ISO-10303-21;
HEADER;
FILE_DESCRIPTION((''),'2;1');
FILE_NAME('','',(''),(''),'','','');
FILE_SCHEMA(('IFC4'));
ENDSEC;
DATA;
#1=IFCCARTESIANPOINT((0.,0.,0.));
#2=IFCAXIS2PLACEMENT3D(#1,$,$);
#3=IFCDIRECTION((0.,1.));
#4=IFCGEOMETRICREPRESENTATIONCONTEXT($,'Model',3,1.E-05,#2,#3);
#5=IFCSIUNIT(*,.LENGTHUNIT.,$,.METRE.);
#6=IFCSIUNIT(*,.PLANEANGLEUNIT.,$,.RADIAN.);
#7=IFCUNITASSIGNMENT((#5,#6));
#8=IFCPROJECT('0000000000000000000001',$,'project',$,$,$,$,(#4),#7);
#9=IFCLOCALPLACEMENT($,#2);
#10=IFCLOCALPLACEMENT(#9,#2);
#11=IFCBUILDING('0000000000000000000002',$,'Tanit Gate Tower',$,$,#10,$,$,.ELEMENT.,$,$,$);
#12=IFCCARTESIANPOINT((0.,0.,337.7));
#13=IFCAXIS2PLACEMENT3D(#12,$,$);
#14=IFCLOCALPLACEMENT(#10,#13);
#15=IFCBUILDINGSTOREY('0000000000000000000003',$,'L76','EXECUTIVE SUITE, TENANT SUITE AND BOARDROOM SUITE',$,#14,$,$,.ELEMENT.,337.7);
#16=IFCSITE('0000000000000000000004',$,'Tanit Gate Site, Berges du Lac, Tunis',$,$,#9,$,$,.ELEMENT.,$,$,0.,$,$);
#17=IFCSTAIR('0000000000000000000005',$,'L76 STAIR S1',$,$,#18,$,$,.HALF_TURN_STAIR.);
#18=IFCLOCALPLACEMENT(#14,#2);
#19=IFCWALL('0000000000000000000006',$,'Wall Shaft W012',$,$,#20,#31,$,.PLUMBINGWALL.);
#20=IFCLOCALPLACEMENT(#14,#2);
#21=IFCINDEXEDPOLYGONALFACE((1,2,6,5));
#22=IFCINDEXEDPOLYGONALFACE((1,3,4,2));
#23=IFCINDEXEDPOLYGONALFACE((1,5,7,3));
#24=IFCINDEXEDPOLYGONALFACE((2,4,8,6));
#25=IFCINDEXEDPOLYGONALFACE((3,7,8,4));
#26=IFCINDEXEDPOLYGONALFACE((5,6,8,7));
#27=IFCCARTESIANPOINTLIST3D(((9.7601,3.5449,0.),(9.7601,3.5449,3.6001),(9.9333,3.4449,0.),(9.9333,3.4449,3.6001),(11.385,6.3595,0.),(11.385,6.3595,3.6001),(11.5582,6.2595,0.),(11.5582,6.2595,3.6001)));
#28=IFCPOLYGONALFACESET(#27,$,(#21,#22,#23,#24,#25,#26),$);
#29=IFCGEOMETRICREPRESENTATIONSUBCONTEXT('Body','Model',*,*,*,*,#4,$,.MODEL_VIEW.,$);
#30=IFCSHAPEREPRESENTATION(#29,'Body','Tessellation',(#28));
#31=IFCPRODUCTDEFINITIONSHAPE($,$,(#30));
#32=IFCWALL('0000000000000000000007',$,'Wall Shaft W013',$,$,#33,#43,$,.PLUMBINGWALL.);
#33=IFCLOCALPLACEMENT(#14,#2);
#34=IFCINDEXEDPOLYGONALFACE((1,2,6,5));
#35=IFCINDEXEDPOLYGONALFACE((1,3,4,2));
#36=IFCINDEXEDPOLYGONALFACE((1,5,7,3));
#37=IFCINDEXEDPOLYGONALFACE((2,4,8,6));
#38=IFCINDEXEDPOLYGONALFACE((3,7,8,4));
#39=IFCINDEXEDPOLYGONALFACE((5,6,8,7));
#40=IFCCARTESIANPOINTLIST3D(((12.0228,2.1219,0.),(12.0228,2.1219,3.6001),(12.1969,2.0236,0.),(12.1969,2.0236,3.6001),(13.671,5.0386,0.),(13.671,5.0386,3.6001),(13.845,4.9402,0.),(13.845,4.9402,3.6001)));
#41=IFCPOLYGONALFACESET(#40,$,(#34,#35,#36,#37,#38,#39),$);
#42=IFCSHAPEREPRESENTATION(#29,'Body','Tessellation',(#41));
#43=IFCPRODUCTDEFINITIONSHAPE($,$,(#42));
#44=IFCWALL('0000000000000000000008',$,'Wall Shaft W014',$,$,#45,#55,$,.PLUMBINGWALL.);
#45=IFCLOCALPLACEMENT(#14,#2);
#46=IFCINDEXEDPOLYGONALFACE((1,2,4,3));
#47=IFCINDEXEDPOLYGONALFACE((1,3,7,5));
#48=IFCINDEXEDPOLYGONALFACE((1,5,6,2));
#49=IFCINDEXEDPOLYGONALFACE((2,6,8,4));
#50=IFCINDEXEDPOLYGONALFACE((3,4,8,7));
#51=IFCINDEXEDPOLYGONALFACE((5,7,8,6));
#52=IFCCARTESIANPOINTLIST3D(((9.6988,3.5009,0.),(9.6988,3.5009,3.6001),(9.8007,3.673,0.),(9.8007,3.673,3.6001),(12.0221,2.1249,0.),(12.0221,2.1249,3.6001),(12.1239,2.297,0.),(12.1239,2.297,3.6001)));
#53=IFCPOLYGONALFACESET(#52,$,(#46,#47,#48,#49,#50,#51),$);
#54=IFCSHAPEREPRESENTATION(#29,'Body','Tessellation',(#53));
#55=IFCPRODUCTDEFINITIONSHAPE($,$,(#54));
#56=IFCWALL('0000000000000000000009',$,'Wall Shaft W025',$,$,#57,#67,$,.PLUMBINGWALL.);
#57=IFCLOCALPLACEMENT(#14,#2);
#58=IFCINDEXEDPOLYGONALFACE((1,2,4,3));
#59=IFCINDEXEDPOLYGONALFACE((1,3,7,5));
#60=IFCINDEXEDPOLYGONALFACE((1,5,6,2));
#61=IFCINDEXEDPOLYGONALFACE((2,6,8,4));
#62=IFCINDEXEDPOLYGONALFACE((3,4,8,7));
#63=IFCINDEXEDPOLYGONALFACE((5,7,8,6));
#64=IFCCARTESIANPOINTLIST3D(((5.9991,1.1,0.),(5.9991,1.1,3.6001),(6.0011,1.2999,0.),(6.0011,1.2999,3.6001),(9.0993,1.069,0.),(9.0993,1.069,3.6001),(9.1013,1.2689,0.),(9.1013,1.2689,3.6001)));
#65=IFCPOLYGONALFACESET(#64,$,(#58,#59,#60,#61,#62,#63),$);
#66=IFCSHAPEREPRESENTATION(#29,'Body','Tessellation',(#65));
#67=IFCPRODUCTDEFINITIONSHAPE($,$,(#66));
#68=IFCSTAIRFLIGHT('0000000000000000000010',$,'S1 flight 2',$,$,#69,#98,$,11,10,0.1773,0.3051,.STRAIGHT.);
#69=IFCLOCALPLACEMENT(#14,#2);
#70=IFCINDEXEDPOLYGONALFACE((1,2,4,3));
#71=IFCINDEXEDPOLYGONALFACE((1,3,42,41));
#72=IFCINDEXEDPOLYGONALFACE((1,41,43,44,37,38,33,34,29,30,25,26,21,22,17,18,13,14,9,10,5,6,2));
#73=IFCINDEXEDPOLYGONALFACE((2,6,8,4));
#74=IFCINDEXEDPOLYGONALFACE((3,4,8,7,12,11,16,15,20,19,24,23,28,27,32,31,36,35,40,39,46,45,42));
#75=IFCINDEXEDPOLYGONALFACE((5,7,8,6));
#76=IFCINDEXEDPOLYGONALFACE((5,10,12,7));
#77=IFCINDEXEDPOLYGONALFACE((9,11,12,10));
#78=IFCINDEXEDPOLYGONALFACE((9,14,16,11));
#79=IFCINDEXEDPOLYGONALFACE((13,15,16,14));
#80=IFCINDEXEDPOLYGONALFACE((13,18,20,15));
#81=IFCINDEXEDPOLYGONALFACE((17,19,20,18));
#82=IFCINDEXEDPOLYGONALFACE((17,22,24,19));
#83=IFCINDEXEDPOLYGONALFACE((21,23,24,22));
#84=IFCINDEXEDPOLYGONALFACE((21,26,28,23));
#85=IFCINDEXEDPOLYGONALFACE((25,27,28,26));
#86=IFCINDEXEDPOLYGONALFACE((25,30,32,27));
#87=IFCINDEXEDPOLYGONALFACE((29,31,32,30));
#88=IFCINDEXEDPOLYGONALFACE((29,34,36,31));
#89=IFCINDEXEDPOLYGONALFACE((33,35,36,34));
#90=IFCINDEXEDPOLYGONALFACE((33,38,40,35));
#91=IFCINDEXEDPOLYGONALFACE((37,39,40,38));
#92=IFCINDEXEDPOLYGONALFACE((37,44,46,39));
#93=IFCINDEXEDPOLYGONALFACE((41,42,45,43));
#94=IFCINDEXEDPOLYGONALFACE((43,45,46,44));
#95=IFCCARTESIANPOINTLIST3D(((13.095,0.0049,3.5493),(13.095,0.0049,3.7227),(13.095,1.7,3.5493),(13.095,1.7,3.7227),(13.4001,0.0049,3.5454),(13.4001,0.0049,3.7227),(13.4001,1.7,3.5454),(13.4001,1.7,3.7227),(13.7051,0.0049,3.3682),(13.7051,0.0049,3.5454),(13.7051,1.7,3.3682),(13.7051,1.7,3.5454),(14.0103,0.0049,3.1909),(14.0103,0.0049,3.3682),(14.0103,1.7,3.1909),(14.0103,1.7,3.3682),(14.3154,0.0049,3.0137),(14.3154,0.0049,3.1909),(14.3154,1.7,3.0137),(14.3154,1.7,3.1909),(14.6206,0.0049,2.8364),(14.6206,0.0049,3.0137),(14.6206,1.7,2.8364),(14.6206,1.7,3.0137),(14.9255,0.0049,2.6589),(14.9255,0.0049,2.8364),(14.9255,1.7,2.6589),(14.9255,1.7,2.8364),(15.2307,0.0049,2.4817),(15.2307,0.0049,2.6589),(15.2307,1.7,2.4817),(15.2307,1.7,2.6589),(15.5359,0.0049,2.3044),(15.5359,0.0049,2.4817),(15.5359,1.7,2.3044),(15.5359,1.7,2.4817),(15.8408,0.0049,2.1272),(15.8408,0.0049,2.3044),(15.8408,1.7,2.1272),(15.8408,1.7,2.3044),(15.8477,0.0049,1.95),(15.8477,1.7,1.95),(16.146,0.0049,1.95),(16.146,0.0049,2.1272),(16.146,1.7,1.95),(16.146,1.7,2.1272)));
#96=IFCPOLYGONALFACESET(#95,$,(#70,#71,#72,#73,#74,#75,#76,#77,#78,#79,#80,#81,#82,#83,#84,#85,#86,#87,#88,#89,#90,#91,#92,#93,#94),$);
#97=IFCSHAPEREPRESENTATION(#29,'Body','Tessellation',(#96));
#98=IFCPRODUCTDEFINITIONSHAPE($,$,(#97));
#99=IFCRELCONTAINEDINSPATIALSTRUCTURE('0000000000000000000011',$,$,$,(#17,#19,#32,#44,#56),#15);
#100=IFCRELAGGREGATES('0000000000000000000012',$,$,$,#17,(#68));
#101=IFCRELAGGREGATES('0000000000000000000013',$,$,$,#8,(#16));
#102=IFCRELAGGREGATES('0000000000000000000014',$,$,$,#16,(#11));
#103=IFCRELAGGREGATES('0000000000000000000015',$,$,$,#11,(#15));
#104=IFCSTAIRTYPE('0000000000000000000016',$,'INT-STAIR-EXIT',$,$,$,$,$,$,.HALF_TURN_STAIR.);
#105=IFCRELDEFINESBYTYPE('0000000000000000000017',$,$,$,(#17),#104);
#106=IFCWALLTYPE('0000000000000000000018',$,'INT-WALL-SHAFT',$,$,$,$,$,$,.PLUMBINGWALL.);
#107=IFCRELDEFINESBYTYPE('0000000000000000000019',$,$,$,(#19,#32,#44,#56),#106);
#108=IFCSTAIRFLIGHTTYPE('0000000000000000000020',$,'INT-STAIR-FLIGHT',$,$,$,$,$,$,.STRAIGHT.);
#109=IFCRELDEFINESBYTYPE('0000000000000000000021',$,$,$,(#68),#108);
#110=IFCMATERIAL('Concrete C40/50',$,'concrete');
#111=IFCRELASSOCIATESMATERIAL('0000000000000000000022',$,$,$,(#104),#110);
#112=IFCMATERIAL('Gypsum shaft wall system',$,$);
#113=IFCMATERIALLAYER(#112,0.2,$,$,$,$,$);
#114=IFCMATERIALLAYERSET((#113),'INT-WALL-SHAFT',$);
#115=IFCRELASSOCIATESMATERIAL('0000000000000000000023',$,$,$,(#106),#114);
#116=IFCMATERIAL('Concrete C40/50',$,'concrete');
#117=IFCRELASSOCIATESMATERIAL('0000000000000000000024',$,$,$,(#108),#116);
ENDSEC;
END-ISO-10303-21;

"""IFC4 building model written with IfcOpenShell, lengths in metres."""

from ifc_helpers import new_model, si_unit, direction, frame, frame_2d, origin, place, context, subcontext, project, spatial, polyline, rectangle, outline, extrude, material, layer, layer_set, type_object, element, aggregate, save


model = new_model("IFC4")

# Units and contexts
model_context = context("Model", 3, precision=1e-05, world=origin(), true_north=direction((0.0, 1.0)))
body_context = subcontext(model_context, "Body", "Model", "MODEL_VIEW")
ifc_project = project(units=[si_unit("LENGTHUNIT", "METRE"), si_unit("PLANEANGLEUNIT", "RADIAN")], contexts=[model_context])

# Site, building, storey
site_placement = place(None, origin())
site = spatial("IfcSite", under=ifc_project, at=site_placement, Name="Tanit Gate Site, Berges du Lac, Tunis", CompositionType="ELEMENT", RefElevation=0.0)
building_placement = place(site_placement, origin())
building = spatial("IfcBuilding", under=site, at=building_placement, Name="Tanit Gate Tower", CompositionType="ELEMENT")
storey_placement = place(building_placement, frame((0.0, 0.0, 337.7)))
storey = spatial("IfcBuildingStorey", under=building, at=storey_placement, Name="L76", Description="EXECUTIVE SUITE, TENANT SUITE AND BOARDROOM SUITE", CompositionType="ELEMENT", Elevation=337.7)

# Stair
ifc_material_1 = material(Name="Concrete C40/50", Category="concrete")
stair_type = type_object("IfcStairType", Name="INT-STAIR-EXIT", PredefinedType="HALF_TURN_STAIR", material=ifc_material_1)
stair_1_placement = place(storey_placement, origin())
stair_1 = element("IfcStair", 1, at=stair_1_placement, inside=storey, type_object=stair_type, Name="L76 STAIR S1", PredefinedType="HALF_TURN_STAIR")

# Walls
ifc_material_2 = material(Name="Gypsum shaft wall system")
ifc_layer_1 = layer(ifc_material_2, 0.2)
ifc_layer_set_1 = layer_set([ifc_layer_1], Name="INT-WALL-SHAFT")
wall_type_1 = type_object("IfcWallType", Name="INT-WALL-SHAFT", PredefinedType="PLUMBINGWALL", material=ifc_layer_set_1)
wall_1_placement = place(storey_placement, frame((9.8467, 3.4949, 0.0), z_axis=(0.0, 0.0, 1.0), x_axis=(0.499985, 0.866034, 0.0)))
element("IfcWall", 2, at=wall_1_placement, inside=storey, type_object=wall_type_1, Name="Wall Shaft W012", PredefinedType="PLUMBINGWALL", context=body_context, shape_type="SweptSolid", body=[
    extrude(rectangle(XDim=3.25, YDim=0.2, at=frame_2d((1.625, 0.0))), origin(), (0.0, 0.0, 1.0), 3.6001),
])
wall_2_placement = place(storey_placement, frame((12.1099, 2.0728, 0.0), z_axis=(0.0, 0.0, 1.0), x_axis=(0.491966, 0.870614, 0.0)))
element("IfcWall", 3, at=wall_2_placement, inside=storey, type_object=wall_type_1, Name="Wall Shaft W013", PredefinedType="PLUMBINGWALL", context=body_context, shape_type="SweptSolid", body=[
    extrude(rectangle(XDim=3.3501, YDim=0.2, at=frame_2d((1.675, 0.0))), origin(), (0.0, 0.0, 1.0), 3.6001),
])
wall_3_placement = place(storey_placement, frame((12.073, 2.2109, 0.0), z_axis=(0.0, 0.0, 1.0), x_axis=(-0.860415, 0.509594, 0.0)))
element("IfcWall", 4, at=wall_3_placement, inside=storey, type_object=wall_type_1, Name="Wall Shaft W014", PredefinedType="PLUMBINGWALL", context=body_context, shape_type="SweptSolid", body=[
    extrude(rectangle(XDim=2.7002, YDim=0.2, at=frame_2d((1.3501, 0.0))), origin(), (0.0, 0.0, 1.0), 3.6001),
])

# Wall
wall_4_placement = place(storey_placement, frame((6.0, 1.2, 0.0), z_axis=(0.0, 0.0, 1.0), x_axis=(0.99995, -0.010001, 0.0)))
element("IfcWall", 5, at=wall_4_placement, inside=storey, type_object=wall_type_1, Name="Wall Shaft W025", PredefinedType="PLUMBINGWALL", context=body_context, shape_type="SweptSolid", body=[
    extrude(rectangle(XDim=3.1003, YDim=0.2, at=frame_2d((1.5503, 0.0))), origin(), (0.0, 0.0, 1.0), 3.6001),
])

# Stair flight
ifc_material_3 = material(Name="Concrete C40/50", Category="concrete")
stair_flight_type = type_object("IfcStairFlightType", Name="INT-STAIR-FLIGHT", PredefinedType="STRAIGHT", material=ifc_material_3)
stair_flight_placement = place(storey_placement, frame((16.146, 0.8525, 1.95), z_axis=(0.0, 0.0, 1.0), x_axis=(-1.0, 0.0, 0.0)))
stair_flight = element("IfcStairFlight", 6, at=stair_flight_placement, type_object=stair_flight_type, Name="S1 flight 2", NumberOfRisers=11, NumberOfTreads=10, PredefinedType="STRAIGHT", RiserHeight=0.1773, TreadLength=0.3051, context=body_context, shape_type="SweptSolid", body=[
    extrude(outline(polyline([(0.0, 0.0), (0.0, 0.1772), (0.3052, 0.1772), (0.3052, 0.3545), (0.6101, 0.3545), (0.6101, 0.5317), (0.9153, 0.5317), (0.9153, 0.709), (1.2205, 0.709), (1.2205, 0.8865), (1.5254, 0.8865), (1.5254, 1.0637), (1.8306, 1.0637), (1.8306, 1.241), (2.1357, 1.241), (2.1357, 1.4182), (2.4409, 1.4182), (2.4409, 1.5955), (2.7458, 1.5955), (2.7458, 1.7727), (3.051, 1.7727), (3.051, 1.95), (3.051, 1.5994), (0.2983, 0.0), (0.0, 0.0)])), frame((0.0, 0.8477, 0.0), z_axis=(0.0, -1.0, 0.0), x_axis=(1.0, 0.0, 0.0)), (0.0, 0.0, 1.0), 1.6951),
])
aggregate(stair_1, [stair_flight])

save(model, "model.ifc")
